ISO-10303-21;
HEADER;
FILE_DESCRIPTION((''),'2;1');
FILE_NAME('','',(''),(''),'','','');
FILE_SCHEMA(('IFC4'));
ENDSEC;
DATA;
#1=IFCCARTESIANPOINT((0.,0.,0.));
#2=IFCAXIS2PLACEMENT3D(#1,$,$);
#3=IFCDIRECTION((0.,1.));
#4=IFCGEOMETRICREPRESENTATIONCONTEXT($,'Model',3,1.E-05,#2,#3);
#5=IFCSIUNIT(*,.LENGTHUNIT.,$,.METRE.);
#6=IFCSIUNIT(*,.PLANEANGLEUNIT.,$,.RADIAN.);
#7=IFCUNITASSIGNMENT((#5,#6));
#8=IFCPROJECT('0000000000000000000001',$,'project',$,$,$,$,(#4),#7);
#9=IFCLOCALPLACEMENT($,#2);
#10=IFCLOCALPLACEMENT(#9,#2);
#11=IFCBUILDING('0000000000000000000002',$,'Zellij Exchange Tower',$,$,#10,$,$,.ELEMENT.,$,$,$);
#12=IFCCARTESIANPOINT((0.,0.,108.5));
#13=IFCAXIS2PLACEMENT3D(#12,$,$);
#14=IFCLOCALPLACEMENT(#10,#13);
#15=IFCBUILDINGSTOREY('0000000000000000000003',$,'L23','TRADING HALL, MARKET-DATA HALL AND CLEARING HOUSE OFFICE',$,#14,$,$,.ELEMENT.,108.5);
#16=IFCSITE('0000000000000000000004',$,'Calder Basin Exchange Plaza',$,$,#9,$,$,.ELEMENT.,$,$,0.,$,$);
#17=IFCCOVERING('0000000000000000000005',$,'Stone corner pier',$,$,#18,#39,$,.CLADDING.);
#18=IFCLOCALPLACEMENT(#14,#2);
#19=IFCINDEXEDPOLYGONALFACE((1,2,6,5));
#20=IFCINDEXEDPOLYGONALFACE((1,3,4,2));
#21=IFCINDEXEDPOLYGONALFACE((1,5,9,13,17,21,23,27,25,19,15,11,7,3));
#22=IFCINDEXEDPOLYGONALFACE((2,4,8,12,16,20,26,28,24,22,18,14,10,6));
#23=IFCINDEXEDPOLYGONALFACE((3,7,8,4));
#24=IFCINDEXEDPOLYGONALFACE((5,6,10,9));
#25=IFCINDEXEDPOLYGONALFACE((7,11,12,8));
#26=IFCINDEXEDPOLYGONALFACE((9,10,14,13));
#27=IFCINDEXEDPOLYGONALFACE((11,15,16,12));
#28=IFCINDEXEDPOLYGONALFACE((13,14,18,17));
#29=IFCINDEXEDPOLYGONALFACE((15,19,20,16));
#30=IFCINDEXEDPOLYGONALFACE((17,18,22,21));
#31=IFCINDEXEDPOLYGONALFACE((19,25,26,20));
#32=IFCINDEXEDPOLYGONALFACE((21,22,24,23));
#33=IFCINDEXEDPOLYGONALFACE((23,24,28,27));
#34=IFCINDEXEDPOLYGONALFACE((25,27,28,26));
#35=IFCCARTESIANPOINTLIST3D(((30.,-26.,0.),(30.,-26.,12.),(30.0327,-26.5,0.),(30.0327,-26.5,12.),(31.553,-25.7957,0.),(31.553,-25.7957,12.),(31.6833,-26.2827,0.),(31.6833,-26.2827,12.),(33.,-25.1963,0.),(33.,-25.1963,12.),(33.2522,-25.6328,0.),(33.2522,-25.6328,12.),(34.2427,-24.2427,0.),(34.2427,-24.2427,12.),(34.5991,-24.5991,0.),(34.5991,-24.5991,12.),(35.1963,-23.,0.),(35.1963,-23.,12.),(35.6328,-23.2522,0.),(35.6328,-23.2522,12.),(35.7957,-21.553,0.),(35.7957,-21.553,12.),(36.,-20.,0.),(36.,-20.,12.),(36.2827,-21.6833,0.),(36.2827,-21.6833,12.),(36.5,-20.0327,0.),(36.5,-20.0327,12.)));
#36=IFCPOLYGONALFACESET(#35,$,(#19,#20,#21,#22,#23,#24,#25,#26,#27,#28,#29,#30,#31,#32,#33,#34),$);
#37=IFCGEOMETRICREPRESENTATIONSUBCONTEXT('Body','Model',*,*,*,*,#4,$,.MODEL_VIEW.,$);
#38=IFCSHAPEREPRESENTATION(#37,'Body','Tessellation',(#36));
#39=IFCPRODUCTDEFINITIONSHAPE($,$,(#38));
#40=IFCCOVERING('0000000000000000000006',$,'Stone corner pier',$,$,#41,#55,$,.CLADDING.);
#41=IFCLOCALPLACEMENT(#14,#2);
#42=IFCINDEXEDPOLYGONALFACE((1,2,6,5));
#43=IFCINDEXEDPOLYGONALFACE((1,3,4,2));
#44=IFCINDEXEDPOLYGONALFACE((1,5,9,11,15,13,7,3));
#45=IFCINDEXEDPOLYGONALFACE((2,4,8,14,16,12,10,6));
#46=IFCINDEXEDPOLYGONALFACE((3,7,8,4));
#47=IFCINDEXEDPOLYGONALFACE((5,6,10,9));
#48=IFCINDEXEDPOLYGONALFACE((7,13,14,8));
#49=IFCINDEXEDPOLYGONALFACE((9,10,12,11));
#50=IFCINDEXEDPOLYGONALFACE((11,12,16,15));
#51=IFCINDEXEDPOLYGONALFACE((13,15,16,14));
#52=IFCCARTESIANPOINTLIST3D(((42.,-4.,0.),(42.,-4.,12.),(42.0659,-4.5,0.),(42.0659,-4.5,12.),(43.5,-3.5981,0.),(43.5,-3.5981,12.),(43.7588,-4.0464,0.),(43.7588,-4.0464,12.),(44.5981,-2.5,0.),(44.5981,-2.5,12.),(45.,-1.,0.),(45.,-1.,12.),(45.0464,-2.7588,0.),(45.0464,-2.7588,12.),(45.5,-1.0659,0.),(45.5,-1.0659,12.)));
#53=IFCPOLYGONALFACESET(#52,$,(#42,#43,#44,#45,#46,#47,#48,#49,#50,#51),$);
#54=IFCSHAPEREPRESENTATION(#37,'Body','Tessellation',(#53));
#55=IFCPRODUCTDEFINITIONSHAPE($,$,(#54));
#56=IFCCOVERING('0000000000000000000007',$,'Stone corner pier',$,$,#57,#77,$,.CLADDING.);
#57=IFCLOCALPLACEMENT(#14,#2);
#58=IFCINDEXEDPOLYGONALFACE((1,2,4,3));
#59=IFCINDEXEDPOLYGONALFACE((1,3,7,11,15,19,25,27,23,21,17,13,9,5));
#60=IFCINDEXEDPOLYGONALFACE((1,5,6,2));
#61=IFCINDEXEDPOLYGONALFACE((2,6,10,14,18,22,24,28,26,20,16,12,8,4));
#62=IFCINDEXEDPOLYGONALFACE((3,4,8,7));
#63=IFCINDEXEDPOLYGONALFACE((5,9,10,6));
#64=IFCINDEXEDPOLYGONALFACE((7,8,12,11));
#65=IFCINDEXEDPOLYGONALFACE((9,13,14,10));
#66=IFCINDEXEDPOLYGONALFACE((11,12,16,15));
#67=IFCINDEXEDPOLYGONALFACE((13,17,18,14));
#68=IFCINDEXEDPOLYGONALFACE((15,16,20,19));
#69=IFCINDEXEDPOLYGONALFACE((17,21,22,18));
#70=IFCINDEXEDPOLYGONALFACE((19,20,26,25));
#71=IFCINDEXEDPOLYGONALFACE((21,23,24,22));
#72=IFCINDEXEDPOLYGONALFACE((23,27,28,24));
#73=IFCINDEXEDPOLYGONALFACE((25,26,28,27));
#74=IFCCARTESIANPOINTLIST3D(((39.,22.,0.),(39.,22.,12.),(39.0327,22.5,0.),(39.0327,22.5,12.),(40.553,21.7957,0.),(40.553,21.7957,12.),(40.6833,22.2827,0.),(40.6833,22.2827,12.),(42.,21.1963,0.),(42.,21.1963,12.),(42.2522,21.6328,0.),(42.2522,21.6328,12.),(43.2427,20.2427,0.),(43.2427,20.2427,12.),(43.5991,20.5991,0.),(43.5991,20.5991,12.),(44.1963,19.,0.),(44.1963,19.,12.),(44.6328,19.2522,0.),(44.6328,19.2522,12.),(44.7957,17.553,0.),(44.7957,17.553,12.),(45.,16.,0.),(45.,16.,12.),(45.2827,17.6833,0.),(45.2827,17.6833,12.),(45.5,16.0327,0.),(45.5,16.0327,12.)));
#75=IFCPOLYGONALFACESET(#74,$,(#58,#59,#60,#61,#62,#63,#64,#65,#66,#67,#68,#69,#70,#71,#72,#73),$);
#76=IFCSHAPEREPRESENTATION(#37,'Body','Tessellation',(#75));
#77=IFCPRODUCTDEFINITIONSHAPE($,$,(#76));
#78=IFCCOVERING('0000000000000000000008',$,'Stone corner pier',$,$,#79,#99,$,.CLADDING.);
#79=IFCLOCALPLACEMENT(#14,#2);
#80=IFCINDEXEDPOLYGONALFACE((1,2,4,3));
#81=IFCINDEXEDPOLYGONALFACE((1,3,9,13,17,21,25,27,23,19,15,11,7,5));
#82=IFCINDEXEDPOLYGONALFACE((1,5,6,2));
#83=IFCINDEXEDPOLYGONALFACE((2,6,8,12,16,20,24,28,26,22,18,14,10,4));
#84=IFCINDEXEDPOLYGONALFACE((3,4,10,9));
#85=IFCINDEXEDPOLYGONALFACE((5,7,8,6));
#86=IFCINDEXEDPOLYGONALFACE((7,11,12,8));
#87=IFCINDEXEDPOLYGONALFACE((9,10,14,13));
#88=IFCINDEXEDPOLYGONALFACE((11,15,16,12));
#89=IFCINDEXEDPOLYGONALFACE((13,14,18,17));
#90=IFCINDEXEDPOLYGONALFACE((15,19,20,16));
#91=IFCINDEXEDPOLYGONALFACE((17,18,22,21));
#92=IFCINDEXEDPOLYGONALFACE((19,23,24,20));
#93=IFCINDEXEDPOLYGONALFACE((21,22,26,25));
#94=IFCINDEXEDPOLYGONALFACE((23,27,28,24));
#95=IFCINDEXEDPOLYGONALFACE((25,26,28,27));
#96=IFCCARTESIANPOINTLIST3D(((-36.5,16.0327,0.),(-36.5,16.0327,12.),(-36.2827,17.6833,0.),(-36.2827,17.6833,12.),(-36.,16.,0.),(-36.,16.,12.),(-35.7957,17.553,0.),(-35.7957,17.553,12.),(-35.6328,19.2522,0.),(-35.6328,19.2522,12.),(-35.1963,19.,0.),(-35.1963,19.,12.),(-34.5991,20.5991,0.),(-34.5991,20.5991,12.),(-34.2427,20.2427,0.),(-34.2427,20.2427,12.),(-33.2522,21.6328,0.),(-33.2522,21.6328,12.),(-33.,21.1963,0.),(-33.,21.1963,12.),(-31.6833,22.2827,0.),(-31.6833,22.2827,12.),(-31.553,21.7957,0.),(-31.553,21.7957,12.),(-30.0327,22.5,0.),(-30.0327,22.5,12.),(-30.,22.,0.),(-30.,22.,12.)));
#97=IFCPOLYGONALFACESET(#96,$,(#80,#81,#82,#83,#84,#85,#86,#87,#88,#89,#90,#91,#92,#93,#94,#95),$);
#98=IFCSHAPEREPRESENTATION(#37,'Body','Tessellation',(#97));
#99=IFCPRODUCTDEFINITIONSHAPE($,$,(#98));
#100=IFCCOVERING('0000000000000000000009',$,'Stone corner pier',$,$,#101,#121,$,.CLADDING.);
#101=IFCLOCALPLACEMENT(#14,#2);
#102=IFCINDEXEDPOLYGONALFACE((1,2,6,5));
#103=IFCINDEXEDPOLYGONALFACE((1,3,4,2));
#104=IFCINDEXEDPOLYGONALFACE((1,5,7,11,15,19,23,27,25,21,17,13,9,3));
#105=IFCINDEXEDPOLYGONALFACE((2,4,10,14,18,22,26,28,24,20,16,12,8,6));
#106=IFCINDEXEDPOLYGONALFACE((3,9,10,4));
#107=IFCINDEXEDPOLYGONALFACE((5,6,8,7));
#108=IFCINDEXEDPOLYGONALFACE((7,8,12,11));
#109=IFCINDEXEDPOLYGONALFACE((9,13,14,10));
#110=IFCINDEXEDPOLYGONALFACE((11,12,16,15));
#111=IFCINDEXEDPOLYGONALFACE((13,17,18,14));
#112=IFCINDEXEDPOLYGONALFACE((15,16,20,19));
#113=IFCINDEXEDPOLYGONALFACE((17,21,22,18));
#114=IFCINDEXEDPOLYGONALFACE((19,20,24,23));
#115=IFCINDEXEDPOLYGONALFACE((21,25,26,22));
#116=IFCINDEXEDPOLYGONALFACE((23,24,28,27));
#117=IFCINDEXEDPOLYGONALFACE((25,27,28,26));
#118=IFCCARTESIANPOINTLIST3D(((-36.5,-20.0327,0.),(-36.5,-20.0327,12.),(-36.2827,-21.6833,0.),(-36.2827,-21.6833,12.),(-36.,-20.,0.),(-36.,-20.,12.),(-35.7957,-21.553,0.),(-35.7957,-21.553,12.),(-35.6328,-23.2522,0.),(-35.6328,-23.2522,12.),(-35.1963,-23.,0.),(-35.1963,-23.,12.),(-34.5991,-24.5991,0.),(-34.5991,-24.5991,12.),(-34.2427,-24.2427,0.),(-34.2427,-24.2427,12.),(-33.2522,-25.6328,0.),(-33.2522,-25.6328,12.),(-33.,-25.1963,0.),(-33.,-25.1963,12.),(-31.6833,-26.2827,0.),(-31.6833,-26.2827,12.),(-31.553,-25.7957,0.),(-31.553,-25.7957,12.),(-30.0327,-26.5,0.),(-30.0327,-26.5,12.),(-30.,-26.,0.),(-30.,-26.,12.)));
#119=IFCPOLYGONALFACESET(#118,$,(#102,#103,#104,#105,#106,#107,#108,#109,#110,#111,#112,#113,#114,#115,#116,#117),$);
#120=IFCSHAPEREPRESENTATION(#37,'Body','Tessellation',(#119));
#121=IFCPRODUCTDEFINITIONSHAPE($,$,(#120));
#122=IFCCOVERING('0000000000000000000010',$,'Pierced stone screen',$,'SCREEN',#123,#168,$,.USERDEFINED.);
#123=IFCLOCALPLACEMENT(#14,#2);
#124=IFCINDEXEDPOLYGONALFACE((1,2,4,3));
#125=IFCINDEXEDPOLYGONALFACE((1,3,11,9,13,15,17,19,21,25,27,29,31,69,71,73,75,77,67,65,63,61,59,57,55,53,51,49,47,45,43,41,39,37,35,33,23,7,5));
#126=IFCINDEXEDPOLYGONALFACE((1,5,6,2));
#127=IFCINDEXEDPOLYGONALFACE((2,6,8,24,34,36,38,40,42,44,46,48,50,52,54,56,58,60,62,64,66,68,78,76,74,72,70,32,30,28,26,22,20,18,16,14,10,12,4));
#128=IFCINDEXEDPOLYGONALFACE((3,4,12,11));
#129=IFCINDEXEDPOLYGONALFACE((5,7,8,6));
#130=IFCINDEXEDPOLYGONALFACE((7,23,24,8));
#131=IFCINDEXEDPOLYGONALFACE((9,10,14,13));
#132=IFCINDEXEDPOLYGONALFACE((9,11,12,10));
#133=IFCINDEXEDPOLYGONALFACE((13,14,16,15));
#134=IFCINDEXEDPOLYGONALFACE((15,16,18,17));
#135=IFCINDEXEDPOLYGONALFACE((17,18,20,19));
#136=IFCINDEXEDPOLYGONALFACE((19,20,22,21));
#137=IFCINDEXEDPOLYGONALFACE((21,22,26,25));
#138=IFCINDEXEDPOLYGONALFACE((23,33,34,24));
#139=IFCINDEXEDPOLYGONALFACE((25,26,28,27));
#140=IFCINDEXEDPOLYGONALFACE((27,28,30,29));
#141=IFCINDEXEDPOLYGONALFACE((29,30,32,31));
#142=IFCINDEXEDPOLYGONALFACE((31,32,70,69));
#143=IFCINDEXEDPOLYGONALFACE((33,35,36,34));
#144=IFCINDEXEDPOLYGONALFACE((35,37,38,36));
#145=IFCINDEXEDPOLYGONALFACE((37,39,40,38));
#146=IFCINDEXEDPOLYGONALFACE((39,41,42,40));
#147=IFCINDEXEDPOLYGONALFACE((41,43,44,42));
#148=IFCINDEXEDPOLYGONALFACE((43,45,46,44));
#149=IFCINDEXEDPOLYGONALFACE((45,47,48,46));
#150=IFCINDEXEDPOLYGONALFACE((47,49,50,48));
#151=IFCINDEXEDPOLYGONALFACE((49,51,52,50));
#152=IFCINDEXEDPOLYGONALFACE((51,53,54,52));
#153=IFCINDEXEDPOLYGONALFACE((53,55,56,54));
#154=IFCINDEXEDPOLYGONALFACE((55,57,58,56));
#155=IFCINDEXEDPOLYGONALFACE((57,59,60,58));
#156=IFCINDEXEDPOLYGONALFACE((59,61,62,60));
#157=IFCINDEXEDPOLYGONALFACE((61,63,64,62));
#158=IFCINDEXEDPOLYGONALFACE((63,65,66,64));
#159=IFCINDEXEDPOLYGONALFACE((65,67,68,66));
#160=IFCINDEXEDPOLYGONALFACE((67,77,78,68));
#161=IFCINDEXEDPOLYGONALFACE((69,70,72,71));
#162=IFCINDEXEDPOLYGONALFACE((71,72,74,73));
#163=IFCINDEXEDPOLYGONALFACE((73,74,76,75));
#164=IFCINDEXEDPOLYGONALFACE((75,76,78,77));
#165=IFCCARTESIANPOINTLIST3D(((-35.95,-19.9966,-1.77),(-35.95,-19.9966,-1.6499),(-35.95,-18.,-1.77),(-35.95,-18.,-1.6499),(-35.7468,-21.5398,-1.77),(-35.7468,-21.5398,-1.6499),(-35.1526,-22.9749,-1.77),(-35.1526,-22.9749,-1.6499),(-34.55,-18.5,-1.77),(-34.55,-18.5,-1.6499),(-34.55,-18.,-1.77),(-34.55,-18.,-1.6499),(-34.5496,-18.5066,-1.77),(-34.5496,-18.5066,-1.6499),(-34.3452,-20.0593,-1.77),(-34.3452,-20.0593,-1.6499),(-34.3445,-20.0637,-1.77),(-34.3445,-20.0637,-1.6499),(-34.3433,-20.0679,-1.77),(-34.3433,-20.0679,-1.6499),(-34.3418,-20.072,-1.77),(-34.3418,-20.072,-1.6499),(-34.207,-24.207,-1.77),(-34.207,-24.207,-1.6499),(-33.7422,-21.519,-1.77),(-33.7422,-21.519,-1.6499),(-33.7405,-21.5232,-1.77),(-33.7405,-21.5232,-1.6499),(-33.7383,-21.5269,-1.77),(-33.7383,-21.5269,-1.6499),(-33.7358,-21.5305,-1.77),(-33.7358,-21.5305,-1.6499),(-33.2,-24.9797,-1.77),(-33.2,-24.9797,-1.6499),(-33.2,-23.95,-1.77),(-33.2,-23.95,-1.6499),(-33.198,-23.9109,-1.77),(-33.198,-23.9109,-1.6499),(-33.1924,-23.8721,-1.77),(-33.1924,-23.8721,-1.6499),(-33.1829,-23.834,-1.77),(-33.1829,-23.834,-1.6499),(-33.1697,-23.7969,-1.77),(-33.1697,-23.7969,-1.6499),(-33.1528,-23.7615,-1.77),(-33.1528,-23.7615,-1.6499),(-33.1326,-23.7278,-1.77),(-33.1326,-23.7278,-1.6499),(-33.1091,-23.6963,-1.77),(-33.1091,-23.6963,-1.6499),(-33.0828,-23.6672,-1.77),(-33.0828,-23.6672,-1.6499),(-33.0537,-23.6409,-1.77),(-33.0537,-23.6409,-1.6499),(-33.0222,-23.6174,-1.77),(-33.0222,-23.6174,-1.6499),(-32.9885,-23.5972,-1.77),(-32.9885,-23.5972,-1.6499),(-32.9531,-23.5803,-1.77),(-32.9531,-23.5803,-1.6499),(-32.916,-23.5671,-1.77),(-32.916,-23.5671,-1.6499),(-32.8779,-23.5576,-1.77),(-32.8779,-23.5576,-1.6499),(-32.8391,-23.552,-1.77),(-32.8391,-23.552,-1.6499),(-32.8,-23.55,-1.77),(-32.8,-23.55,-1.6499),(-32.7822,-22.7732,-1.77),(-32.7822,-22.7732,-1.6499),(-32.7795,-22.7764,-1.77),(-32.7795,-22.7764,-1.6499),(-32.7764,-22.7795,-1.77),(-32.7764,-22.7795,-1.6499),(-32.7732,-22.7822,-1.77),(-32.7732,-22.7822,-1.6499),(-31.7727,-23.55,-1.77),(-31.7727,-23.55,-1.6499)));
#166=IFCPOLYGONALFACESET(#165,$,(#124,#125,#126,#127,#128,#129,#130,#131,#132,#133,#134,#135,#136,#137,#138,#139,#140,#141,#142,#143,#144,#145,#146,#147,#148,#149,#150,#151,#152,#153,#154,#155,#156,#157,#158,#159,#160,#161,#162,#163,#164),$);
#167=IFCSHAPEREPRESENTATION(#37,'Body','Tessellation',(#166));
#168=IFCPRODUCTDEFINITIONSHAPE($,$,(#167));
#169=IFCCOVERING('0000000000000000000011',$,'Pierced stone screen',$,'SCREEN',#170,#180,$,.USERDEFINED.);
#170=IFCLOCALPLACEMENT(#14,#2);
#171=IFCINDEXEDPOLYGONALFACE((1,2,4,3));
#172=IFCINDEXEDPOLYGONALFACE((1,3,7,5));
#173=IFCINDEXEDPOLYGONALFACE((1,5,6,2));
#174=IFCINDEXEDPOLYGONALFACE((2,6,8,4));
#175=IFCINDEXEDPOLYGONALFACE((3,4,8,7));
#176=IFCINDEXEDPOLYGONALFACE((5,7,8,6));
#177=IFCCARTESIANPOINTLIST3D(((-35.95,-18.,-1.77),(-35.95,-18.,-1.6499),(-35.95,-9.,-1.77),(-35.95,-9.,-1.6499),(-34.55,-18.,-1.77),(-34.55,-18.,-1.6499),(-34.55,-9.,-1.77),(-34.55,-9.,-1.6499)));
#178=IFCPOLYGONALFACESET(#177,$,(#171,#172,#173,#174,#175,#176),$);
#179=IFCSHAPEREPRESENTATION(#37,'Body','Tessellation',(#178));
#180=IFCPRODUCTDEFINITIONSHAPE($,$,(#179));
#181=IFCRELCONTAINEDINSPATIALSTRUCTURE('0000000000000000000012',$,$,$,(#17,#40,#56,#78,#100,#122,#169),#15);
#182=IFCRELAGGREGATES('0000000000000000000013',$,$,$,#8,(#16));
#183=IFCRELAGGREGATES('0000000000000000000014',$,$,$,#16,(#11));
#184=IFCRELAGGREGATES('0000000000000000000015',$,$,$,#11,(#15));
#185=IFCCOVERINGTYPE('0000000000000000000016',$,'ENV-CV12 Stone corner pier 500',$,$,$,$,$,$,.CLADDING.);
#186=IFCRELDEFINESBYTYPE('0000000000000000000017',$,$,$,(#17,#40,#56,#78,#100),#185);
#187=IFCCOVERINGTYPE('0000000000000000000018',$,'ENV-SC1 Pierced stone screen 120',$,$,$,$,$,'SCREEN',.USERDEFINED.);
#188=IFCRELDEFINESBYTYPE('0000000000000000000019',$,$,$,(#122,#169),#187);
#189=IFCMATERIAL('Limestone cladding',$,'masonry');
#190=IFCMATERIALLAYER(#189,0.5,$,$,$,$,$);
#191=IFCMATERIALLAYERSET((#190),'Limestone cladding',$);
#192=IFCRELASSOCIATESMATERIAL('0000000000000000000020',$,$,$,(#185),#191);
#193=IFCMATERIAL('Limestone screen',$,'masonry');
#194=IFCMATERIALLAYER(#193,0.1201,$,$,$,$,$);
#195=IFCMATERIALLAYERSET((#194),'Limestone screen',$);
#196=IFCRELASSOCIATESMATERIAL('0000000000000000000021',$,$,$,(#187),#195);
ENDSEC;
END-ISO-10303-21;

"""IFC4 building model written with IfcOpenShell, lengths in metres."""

from ifc_helpers import new_model, si_unit, direction, frame, origin, place, context, subcontext, project, spatial, polyline, outline, extrude, material, layer, layer_set, type_object, element, save


model = new_model("IFC4")

# Units and contexts
model_context = context("Model", 3, precision=1e-05, world=origin(), true_north=direction((0.0, 1.0)))
body_context = subcontext(model_context, "Body", "Model", "MODEL_VIEW")
ifc_project = project(units=[si_unit("LENGTHUNIT", "METRE"), si_unit("PLANEANGLEUNIT", "RADIAN")], contexts=[model_context])

# Site, building, storey
site_placement = place(None, origin())
site = spatial("IfcSite", under=ifc_project, at=site_placement, Name="Calder Basin Exchange Plaza", CompositionType="ELEMENT", RefElevation=0.0)
building_placement = place(site_placement, origin())
building = spatial("IfcBuilding", under=site, at=building_placement, Name="Zellij Exchange Tower", CompositionType="ELEMENT")
storey_placement = place(building_placement, frame((0.0, 0.0, 108.5)))
storey = spatial("IfcBuildingStorey", under=building, at=storey_placement, Name="L23", Description="TRADING HALL, MARKET-DATA HALL AND CLEARING HOUSE OFFICE", CompositionType="ELEMENT", Elevation=108.5)

# Coverings
ifc_material_1 = material(Name="Limestone cladding", Category="masonry")
ifc_layer_1 = layer(ifc_material_1, 0.5)
ifc_layer_set_1 = layer_set([ifc_layer_1], Name="Limestone cladding")
covering_type_1 = type_object("IfcCoveringType", Name="ENV-CV12 Stone corner pier 500", PredefinedType="CLADDING", material=ifc_layer_set_1)
covering_1_placement = place(storey_placement, origin())
element("IfcCovering", 1, at=covering_1_placement, inside=storey, type_object=covering_type_1, Name="Stone corner pier", PredefinedType="CLADDING", context=body_context, shape_type="SweptSolid", body=[
    extrude(outline(polyline([(30.0, -26.0), (31.553, -25.7957), (33.0, -25.1963), (34.2427, -24.2427), (35.1963, -23.0), (35.7957, -21.553), (36.0, -20.0), (36.5, -20.0327), (36.2827, -21.6833), (35.6328, -23.2522), (34.5991, -24.5991), (33.2522, -25.6328), (31.6833, -26.2827), (30.0327, -26.5), (30.0, -26.0)])), origin(), (0.0, 0.0, 1.0), 12.0),
])
covering_2_placement = place(storey_placement, origin())
element("IfcCovering", 2, at=covering_2_placement, inside=storey, type_object=covering_type_1, Name="Stone corner pier", PredefinedType="CLADDING", context=body_context, shape_type="SweptSolid", body=[
    extrude(outline(polyline([(42.0, -4.0), (43.5, -3.5981), (44.5981, -2.5), (45.0, -1.0), (45.5, -1.0659), (45.0464, -2.7588), (43.7588, -4.0464), (42.0659, -4.5), (42.0, -4.0)])), origin(), (0.0, 0.0, 1.0), 12.0),
])
covering_3_placement = place(storey_placement, origin())
element("IfcCovering", 3, at=covering_3_placement, inside=storey, type_object=covering_type_1, Name="Stone corner pier", PredefinedType="CLADDING", context=body_context, shape_type="SweptSolid", body=[
    extrude(outline(polyline([(45.0, 16.0), (44.7957, 17.553), (44.1963, 19.0), (43.2427, 20.2427), (42.0, 21.1963), (40.553, 21.7957), (39.0, 22.0), (39.0327, 22.5), (40.6833, 22.2827), (42.2522, 21.6328), (43.5991, 20.5991), (44.6328, 19.2522), (45.2827, 17.6833), (45.5, 16.0327), (45.0, 16.0)])), origin(), (0.0, 0.0, 1.0), 12.0),
])
covering_4_placement = place(storey_placement, origin())
element("IfcCovering", 4, at=covering_4_placement, inside=storey, type_object=covering_type_1, Name="Stone corner pier", PredefinedType="CLADDING", context=body_context, shape_type="SweptSolid", body=[
    extrude(outline(polyline([(-30.0, 22.0), (-31.553, 21.7957), (-33.0, 21.1963), (-34.2427, 20.2427), (-35.1963, 19.0), (-35.7957, 17.553), (-36.0, 16.0), (-36.5, 16.0327), (-36.2827, 17.6833), (-35.6328, 19.2522), (-34.5991, 20.5991), (-33.2522, 21.6328), (-31.6833, 22.2827), (-30.0327, 22.5), (-30.0, 22.0)])), origin(), (0.0, 0.0, 1.0), 12.0),
])
covering_5_placement = place(storey_placement, origin())
element("IfcCovering", 5, at=covering_5_placement, inside=storey, type_object=covering_type_1, Name="Stone corner pier", PredefinedType="CLADDING", context=body_context, shape_type="SweptSolid", body=[
    extrude(outline(polyline([(-36.0, -20.0), (-35.7957, -21.553), (-35.1963, -23.0), (-34.2427, -24.2427), (-33.0, -25.1963), (-31.553, -25.7957), (-30.0, -26.0), (-30.0327, -26.5), (-31.6833, -26.2827), (-33.2522, -25.6328), (-34.5991, -24.5991), (-35.6328, -23.2522), (-36.2827, -21.6833), (-36.5, -20.0327), (-36.0, -20.0)])), origin(), (0.0, 0.0, 1.0), 12.0),
])
ifc_material_2 = material(Name="Limestone screen", Category="masonry")
ifc_layer_2 = layer(ifc_material_2, 0.1201)
ifc_layer_set_2 = layer_set([ifc_layer_2], Name="Limestone screen")
covering_type_2 = type_object("IfcCoveringType", Name="ENV-SC1 Pierced stone screen 120", ElementType="SCREEN", PredefinedType="USERDEFINED", material=ifc_layer_set_2)
covering_6_placement = place(storey_placement, frame((0.0, 0.0, -1.77)))
element("IfcCovering", 6, at=covering_6_placement, inside=storey, type_object=covering_type_2, Name="Pierced stone screen", ObjectType="SCREEN", PredefinedType="USERDEFINED", context=body_context, shape_type="SweptSolid", body=[
    extrude(outline(polyline([(-34.55, -18.5), (-34.5496, -18.5066), (-34.3452, -20.0593), (-34.3445, -20.0637), (-34.3433, -20.0679), (-34.3418, -20.072), (-33.7422, -21.519), (-33.7405, -21.5232), (-33.7383, -21.5269), (-33.7358, -21.5305), (-32.7822, -22.7732), (-32.7795, -22.7764), (-32.7764, -22.7795), (-32.7732, -22.7822), (-31.7727, -23.55), (-32.8, -23.55), (-32.8391, -23.552), (-32.8779, -23.5576), (-32.916, -23.5671), (-32.9531, -23.5803), (-32.9885, -23.5972), (-33.0222, -23.6174), (-33.0537, -23.6409), (-33.0828, -23.6672), (-33.1091, -23.6963), (-33.1326, -23.7278), (-33.1528, -23.7615), (-33.1697, -23.7969), (-33.1829, -23.834), (-33.1924, -23.8721), (-33.198, -23.9109), (-33.2, -23.95), (-33.2, -24.9797), (-34.207, -24.207), (-35.1526, -22.9749), (-35.7468, -21.5398), (-35.95, -19.9966), (-35.95, -18.0), (-34.55, -18.0), (-34.55, -18.5)])), origin(), (0.0, 0.0, 1.0), 0.1201),
])
covering_7_placement = place(storey_placement, frame((0.0, 0.0, -1.77)))
element("IfcCovering", 7, at=covering_7_placement, inside=storey, type_object=covering_type_2, Name="Pierced stone screen", ObjectType="SCREEN", PredefinedType="USERDEFINED", context=body_context, shape_type="SweptSolid", body=[
    extrude(outline(polyline([(-34.55, -18.0), (-35.95, -18.0), (-35.95, -9.0), (-34.55, -9.0), (-34.55, -18.0)])), origin(), (0.0, 0.0, 1.0), 0.1201),
])

save(model, "model.ifc")
